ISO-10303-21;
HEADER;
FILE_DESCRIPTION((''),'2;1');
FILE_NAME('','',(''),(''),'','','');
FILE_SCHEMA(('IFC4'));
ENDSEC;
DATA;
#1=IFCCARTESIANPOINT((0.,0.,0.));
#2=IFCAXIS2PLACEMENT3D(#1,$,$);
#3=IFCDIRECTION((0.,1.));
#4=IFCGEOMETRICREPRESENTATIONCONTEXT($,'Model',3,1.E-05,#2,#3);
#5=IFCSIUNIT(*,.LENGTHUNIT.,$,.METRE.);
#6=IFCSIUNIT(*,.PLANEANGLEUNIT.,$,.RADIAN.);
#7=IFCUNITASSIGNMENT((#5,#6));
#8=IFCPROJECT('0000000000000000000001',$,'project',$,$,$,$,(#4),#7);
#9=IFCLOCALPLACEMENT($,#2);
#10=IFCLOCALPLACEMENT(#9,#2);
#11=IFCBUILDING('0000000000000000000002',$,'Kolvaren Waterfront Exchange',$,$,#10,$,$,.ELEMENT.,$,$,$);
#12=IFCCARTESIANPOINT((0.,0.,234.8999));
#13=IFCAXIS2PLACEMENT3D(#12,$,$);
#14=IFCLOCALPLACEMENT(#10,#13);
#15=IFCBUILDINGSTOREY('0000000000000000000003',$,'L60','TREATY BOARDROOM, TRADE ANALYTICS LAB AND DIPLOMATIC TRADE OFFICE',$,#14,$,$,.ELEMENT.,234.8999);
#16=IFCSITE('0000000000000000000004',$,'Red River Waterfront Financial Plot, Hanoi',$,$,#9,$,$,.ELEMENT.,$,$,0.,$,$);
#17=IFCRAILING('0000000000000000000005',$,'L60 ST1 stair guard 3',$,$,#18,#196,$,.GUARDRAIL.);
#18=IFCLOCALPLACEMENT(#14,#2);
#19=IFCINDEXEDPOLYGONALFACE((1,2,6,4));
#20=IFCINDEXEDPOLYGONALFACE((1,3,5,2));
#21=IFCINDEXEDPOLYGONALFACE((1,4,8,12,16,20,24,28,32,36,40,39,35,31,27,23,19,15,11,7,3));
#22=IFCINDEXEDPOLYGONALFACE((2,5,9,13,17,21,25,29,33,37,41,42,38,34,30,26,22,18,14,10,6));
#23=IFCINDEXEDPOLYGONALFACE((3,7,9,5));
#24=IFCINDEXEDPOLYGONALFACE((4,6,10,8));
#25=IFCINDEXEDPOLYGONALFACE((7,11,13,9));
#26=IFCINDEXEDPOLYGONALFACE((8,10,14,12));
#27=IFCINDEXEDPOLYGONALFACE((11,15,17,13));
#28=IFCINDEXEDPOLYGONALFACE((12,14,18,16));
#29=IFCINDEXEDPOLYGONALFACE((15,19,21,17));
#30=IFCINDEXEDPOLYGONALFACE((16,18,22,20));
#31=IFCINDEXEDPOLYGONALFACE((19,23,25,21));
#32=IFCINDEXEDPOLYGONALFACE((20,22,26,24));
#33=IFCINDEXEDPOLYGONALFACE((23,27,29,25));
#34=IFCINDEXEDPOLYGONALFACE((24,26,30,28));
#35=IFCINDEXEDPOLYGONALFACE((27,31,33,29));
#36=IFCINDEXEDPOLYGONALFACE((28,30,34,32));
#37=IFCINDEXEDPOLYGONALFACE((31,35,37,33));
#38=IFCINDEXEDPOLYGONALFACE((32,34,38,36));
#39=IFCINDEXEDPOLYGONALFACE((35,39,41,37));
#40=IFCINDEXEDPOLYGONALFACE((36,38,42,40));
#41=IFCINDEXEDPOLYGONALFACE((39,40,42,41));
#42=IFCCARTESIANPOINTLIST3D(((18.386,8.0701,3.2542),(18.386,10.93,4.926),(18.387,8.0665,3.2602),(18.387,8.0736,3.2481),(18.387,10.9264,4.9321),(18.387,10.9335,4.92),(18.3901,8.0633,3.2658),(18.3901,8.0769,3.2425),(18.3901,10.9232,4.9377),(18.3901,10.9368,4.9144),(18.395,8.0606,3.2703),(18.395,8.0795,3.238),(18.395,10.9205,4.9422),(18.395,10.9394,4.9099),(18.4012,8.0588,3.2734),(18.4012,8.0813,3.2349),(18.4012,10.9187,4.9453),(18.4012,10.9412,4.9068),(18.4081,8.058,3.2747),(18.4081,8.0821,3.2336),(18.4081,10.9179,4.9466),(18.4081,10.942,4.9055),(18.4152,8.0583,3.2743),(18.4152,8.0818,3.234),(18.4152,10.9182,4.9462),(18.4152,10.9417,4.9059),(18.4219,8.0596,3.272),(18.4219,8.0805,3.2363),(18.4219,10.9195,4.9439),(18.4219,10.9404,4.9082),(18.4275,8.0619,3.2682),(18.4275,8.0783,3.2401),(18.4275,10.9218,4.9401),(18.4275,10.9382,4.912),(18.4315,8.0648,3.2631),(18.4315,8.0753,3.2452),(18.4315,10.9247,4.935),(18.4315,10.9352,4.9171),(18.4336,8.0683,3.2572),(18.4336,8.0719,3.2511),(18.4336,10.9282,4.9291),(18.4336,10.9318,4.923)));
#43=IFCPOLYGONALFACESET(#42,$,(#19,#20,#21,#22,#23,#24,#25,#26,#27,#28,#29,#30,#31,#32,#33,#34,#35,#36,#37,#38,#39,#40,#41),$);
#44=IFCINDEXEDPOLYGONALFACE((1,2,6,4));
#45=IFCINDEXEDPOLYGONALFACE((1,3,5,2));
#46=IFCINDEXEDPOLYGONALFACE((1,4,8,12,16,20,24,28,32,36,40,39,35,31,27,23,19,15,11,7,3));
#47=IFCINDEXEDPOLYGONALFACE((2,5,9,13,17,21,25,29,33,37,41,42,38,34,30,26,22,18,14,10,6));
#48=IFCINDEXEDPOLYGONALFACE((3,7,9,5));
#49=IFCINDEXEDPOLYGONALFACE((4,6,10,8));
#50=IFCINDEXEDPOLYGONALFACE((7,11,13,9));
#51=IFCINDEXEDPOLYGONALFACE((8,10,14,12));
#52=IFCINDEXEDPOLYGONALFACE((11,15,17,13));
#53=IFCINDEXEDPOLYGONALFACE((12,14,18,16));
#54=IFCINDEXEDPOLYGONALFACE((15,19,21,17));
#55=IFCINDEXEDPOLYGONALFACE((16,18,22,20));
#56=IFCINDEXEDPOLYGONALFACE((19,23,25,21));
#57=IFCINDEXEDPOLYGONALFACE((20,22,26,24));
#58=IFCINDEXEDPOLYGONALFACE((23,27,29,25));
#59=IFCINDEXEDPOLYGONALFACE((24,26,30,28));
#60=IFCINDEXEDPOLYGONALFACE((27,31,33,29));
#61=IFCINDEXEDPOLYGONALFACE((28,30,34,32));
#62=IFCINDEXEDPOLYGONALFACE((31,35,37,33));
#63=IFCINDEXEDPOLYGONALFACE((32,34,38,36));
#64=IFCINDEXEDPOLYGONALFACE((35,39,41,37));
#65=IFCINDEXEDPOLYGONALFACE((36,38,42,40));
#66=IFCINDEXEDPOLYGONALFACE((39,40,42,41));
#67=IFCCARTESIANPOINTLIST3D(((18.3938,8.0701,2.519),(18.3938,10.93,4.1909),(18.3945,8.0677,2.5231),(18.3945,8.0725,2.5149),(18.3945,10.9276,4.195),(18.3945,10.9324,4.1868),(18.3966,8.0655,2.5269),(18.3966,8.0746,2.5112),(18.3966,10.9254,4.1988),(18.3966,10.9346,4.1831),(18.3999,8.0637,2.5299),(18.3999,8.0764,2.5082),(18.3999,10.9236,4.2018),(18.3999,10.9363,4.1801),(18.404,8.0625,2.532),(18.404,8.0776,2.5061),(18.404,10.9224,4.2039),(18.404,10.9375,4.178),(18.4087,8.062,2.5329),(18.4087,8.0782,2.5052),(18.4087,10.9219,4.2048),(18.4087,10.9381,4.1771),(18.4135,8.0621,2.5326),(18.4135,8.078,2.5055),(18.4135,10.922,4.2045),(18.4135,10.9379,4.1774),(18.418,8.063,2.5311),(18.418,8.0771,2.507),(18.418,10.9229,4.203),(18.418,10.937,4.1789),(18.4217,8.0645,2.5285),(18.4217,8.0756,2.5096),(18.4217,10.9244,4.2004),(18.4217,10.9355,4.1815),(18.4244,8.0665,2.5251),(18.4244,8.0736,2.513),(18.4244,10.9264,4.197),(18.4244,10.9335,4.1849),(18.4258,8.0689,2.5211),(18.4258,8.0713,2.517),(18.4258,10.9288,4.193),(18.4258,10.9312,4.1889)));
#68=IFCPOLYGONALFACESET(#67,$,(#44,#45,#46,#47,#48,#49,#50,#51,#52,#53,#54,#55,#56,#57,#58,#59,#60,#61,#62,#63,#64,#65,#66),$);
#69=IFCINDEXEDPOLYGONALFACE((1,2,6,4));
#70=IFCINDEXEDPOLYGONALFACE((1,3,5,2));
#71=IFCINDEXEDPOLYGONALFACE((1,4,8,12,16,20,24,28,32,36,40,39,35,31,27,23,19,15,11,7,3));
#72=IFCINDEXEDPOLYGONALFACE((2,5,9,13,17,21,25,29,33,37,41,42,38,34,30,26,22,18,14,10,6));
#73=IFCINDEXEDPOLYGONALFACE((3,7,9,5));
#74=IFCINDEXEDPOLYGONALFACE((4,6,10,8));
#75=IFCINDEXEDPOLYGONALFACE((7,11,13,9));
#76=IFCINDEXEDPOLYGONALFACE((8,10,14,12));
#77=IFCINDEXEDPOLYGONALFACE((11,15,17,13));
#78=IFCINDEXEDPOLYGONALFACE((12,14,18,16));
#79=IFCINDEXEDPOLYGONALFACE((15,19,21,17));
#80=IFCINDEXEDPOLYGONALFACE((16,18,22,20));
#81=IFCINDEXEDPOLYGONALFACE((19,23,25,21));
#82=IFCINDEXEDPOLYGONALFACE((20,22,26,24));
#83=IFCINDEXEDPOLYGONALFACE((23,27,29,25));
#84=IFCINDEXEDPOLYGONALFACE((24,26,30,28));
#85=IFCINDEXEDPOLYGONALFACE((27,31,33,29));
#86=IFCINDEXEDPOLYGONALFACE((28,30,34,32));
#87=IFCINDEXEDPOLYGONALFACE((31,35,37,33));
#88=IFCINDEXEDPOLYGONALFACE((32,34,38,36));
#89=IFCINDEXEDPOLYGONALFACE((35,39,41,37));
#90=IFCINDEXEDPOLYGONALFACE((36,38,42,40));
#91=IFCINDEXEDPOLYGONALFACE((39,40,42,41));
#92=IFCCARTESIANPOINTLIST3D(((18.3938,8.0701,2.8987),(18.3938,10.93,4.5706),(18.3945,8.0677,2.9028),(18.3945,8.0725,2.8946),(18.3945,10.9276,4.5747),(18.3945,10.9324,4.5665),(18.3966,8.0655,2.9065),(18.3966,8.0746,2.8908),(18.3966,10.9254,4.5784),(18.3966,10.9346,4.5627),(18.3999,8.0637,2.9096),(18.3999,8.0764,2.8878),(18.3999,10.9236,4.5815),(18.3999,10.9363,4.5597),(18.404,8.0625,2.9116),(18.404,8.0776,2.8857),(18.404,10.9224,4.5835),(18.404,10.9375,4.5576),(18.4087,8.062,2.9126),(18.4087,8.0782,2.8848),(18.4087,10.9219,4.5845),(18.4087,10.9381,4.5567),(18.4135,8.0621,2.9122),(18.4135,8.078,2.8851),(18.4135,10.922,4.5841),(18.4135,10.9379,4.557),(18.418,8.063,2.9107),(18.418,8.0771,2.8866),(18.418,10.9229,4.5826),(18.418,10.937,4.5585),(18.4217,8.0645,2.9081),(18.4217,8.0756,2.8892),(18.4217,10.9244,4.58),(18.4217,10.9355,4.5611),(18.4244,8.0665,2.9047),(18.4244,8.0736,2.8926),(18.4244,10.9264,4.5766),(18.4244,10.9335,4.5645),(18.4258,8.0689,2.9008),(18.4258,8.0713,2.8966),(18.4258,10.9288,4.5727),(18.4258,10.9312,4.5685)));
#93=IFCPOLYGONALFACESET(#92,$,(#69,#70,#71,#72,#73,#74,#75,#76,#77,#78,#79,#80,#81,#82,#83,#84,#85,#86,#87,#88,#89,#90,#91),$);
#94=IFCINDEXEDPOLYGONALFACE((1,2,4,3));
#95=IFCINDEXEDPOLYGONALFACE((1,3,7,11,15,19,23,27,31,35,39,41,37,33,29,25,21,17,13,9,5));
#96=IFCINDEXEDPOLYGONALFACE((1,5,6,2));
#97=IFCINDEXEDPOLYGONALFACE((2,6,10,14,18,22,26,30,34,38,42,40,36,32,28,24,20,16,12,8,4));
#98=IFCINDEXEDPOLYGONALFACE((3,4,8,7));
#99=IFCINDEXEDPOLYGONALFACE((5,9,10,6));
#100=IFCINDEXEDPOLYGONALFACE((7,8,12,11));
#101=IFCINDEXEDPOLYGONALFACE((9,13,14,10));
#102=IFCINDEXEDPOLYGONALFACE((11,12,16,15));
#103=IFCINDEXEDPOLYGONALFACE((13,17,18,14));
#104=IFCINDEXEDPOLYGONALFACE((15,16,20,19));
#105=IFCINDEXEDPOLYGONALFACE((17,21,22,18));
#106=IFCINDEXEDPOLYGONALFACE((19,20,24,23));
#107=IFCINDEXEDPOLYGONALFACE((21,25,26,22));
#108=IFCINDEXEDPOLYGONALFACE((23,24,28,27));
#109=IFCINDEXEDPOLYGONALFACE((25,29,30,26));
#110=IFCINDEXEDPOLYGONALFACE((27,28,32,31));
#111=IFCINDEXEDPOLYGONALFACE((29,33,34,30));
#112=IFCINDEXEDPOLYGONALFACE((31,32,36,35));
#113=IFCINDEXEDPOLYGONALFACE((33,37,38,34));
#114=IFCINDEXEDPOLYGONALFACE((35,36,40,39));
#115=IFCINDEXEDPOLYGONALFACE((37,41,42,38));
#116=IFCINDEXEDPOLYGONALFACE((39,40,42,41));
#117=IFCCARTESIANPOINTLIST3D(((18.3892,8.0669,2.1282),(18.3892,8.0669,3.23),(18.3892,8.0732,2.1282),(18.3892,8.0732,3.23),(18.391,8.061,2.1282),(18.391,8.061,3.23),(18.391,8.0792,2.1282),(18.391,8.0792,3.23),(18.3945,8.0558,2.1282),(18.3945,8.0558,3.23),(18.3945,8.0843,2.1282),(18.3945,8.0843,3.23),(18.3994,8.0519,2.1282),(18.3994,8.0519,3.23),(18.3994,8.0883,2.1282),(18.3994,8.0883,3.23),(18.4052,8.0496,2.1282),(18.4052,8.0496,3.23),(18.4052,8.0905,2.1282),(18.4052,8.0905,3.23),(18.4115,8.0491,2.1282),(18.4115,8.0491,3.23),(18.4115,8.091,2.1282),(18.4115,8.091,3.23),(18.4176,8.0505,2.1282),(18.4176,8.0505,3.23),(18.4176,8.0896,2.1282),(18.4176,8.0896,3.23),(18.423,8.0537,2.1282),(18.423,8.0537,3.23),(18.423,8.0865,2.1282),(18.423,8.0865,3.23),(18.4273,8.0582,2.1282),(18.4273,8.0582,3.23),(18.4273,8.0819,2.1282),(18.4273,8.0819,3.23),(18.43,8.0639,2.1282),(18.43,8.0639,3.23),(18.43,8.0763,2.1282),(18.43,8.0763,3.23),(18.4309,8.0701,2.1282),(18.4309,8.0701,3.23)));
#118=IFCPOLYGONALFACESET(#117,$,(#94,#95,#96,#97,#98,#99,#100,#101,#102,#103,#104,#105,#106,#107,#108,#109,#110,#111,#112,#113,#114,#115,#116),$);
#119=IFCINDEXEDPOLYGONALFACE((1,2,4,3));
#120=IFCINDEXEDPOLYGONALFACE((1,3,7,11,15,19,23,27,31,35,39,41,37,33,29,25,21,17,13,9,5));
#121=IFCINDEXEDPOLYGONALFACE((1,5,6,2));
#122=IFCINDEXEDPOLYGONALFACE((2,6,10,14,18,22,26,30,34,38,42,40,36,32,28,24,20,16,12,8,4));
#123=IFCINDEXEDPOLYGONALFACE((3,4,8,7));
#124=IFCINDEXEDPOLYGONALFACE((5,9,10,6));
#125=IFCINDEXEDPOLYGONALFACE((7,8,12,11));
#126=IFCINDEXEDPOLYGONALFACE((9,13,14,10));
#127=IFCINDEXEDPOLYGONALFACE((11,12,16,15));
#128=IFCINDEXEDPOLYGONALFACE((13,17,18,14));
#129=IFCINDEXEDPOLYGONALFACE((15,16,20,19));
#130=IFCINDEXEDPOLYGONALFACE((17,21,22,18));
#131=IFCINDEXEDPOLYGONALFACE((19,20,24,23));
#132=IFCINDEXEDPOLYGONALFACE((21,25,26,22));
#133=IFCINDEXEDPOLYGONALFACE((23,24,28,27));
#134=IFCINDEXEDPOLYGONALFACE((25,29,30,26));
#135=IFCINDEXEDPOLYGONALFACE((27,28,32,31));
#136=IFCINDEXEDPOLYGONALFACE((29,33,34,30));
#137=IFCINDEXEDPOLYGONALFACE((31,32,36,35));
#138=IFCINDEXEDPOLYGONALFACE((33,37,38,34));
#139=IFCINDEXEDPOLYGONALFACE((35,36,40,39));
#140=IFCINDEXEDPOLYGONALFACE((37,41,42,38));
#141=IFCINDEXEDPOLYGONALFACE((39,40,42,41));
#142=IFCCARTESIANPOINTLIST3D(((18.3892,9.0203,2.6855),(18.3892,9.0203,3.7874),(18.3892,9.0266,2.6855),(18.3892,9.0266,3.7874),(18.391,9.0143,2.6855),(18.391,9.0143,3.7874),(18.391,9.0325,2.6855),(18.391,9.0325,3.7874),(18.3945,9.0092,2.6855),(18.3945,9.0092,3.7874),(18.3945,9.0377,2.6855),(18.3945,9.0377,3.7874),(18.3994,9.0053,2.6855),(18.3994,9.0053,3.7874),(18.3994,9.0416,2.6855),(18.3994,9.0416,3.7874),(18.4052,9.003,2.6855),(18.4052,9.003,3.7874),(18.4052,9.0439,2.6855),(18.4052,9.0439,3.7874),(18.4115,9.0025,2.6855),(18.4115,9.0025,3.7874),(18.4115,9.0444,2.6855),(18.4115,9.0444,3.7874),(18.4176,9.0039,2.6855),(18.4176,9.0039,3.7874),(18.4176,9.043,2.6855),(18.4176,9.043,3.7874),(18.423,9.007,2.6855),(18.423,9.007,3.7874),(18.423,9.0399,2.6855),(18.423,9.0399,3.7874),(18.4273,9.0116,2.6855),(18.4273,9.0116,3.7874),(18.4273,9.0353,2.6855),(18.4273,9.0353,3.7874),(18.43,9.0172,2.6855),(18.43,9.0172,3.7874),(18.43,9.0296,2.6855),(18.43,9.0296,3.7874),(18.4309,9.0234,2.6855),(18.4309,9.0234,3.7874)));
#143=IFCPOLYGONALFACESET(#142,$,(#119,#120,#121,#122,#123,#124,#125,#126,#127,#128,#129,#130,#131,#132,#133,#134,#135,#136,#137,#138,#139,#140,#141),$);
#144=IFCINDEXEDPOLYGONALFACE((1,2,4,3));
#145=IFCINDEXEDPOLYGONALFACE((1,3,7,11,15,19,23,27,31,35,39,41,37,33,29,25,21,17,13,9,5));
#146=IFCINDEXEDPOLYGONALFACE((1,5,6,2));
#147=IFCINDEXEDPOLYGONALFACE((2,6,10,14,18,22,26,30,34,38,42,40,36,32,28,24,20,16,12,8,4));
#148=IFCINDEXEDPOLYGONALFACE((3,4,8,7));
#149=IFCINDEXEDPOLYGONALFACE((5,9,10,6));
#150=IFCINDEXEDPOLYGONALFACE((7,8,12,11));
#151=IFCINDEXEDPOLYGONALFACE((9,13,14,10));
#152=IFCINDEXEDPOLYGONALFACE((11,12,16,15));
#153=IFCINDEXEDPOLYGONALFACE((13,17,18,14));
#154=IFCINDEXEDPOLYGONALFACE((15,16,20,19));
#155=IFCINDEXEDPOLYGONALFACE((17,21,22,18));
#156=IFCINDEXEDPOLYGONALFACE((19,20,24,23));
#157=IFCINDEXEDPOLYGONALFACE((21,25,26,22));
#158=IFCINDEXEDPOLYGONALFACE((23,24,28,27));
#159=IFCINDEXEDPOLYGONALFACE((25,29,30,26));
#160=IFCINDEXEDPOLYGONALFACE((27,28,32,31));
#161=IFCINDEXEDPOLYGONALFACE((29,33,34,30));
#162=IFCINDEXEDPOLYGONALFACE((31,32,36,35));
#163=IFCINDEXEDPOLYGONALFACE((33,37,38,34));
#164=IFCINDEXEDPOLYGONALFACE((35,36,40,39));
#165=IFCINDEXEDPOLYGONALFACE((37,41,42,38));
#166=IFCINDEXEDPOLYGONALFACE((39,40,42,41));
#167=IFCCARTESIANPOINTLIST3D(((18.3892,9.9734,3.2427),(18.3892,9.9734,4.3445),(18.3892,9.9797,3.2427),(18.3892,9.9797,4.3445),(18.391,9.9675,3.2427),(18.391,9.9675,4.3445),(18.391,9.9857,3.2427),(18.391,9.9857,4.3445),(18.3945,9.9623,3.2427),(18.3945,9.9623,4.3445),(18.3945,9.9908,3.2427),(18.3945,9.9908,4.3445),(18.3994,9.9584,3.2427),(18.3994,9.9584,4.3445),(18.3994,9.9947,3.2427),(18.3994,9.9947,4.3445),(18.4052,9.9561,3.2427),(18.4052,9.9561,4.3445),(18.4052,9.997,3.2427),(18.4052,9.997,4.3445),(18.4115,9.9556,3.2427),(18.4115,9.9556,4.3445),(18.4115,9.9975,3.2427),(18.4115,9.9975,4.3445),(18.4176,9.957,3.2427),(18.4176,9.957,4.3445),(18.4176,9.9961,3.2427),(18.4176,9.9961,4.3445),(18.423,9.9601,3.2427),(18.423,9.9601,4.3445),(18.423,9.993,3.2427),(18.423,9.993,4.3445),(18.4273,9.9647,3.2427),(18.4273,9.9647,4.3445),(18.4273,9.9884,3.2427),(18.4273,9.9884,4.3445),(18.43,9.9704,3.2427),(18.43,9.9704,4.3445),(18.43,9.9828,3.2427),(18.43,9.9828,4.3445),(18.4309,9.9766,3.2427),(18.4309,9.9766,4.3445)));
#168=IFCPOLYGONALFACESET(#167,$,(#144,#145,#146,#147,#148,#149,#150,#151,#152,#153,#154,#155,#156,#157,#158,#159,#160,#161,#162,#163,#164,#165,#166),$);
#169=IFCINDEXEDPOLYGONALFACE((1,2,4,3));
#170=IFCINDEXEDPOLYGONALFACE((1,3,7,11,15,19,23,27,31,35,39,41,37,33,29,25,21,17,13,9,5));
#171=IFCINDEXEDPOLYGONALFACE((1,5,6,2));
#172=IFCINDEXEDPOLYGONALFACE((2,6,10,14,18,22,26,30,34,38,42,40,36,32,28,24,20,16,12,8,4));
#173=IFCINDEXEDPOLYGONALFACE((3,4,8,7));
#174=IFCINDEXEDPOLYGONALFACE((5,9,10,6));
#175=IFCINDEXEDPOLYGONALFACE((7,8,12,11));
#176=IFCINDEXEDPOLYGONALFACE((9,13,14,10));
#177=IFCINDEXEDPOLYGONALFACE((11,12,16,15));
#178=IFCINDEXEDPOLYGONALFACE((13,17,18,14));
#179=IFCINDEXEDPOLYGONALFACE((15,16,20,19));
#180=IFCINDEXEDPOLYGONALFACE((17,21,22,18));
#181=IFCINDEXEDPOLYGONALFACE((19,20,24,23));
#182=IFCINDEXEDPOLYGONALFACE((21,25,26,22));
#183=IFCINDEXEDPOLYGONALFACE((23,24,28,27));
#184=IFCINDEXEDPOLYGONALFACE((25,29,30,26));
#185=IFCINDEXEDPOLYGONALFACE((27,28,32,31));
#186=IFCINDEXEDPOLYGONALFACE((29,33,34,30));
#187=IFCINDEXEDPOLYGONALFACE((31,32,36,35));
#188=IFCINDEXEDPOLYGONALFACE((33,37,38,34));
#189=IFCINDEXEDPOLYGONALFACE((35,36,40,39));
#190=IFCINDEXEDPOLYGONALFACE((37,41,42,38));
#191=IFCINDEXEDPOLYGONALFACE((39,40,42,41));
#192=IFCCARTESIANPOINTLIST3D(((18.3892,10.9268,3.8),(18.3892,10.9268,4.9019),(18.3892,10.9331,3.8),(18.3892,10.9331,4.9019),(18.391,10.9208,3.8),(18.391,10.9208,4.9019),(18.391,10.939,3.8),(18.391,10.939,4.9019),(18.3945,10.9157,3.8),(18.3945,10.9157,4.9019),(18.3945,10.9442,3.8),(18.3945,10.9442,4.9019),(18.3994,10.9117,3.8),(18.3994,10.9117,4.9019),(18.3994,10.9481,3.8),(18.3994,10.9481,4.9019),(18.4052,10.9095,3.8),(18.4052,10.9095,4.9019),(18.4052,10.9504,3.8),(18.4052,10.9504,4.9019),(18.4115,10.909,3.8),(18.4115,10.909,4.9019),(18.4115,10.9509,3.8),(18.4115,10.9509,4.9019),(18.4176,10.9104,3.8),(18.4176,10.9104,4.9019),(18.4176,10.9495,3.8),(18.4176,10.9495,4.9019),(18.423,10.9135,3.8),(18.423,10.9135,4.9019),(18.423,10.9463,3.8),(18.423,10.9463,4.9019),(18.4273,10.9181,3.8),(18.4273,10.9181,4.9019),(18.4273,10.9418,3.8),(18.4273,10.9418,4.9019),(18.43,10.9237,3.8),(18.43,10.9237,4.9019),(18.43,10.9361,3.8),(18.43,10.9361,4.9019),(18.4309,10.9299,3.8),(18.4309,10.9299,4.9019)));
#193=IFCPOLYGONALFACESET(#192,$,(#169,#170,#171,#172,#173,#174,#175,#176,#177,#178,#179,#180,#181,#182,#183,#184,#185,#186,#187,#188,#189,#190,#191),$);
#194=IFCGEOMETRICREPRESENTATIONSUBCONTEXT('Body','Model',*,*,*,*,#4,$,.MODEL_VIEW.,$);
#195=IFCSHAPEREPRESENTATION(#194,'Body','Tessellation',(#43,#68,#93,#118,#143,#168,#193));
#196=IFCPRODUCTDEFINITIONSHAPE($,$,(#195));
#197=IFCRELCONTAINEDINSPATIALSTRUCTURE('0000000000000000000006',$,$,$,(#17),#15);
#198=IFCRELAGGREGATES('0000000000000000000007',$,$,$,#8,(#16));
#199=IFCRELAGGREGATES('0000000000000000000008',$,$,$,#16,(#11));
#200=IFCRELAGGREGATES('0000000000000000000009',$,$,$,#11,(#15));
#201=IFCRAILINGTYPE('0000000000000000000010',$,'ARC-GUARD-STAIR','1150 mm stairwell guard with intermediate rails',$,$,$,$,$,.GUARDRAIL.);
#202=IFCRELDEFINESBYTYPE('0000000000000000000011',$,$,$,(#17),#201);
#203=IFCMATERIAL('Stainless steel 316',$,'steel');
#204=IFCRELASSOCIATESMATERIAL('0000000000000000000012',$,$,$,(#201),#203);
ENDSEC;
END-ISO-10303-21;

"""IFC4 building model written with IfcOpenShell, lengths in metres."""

from ifc_helpers import new_model, si_unit, direction, frame, origin, origin_2d, place, context, subcontext, project, spatial, circle, extrude, material, type_object, element, save


model = new_model("IFC4")

# Units and contexts
model_context = context("Model", 3, precision=1e-05, world=origin(), true_north=direction((0.0, 1.0)))
body_context = subcontext(model_context, "Body", "Model", "MODEL_VIEW")
ifc_project = project(units=[si_unit("LENGTHUNIT", "METRE"), si_unit("PLANEANGLEUNIT", "RADIAN")], contexts=[model_context])

# Site, building, storey
site_placement = place(None, origin())
site = spatial("IfcSite", under=ifc_project, at=site_placement, Name="Red River Waterfront Financial Plot, Hanoi", CompositionType="ELEMENT", RefElevation=0.0)
building_placement = place(site_placement, origin())
building = spatial("IfcBuilding", under=site, at=building_placement, Name="Kolvaren Waterfront Exchange", CompositionType="ELEMENT")
storey_placement = place(building_placement, frame((0.0, 0.0, 234.8999)))
storey = spatial("IfcBuildingStorey", under=building, at=storey_placement, Name="L60", Description="TREATY BOARDROOM, TRADE ANALYTICS LAB AND DIPLOMATIC TRADE OFFICE", CompositionType="ELEMENT", Elevation=234.8999)

# Railing
ifc_material_1 = material(Name="Stainless steel 316", Category="steel")
railing_type_1 = type_object("IfcRailingType", Name="ARC-GUARD-STAIR", Description="1150 mm stairwell guard with intermediate rails", PredefinedType="GUARDRAIL", material=ifc_material_1)
railing_1_placement = place(storey_placement, frame((18.4099, 8.0701, 2.1282)))
element("IfcRailing", 1, at=railing_1_placement, inside=storey, type_object=railing_type_1, Name="L60 ST1 stair guard 3", PredefinedType="GUARDRAIL", context=body_context, shape_type="SweptSolid", body=[
    extrude(circle(Radius=0.0239, at=origin_2d()), frame((0.0, 0.0, 1.126), z_axis=(0.0, 0.863303, 0.504686), x_axis=(-1.0, 0.0, 0.0)), (0.0, 0.0, 1.0), 3.3127),
    extrude(circle(Radius=0.0161, at=origin_2d()), frame((0.0, 0.0, 0.3909), z_axis=(0.0, 0.863303, 0.504686), x_axis=(-1.0, 0.0, 0.0)), (0.0, 0.0, 1.0), 3.3127),
    extrude(circle(Radius=0.0161, at=origin_2d()), frame((0.0, 0.0, 0.7705), z_axis=(0.0, 0.863303, 0.504686), x_axis=(-1.0, 0.0, 0.0)), (0.0, 0.0, 1.0), 3.3127),
    extrude(circle(Radius=0.021, at=origin_2d()), origin(), (0.0, 0.0, 1.0), 1.1018),
    extrude(circle(Radius=0.021, at=origin_2d()), frame((0.0, 0.9534, 0.5574)), (0.0, 0.0, 1.0), 1.1018),
    extrude(circle(Radius=0.021, at=origin_2d()), frame((0.0, 1.9065, 1.1145)), (0.0, 0.0, 1.0), 1.1018),
    extrude(circle(Radius=0.021, at=origin_2d()), frame((0.0, 2.8599, 1.6719)), (0.0, 0.0, 1.0), 1.1018),
])

save(model, "model.ifc")
